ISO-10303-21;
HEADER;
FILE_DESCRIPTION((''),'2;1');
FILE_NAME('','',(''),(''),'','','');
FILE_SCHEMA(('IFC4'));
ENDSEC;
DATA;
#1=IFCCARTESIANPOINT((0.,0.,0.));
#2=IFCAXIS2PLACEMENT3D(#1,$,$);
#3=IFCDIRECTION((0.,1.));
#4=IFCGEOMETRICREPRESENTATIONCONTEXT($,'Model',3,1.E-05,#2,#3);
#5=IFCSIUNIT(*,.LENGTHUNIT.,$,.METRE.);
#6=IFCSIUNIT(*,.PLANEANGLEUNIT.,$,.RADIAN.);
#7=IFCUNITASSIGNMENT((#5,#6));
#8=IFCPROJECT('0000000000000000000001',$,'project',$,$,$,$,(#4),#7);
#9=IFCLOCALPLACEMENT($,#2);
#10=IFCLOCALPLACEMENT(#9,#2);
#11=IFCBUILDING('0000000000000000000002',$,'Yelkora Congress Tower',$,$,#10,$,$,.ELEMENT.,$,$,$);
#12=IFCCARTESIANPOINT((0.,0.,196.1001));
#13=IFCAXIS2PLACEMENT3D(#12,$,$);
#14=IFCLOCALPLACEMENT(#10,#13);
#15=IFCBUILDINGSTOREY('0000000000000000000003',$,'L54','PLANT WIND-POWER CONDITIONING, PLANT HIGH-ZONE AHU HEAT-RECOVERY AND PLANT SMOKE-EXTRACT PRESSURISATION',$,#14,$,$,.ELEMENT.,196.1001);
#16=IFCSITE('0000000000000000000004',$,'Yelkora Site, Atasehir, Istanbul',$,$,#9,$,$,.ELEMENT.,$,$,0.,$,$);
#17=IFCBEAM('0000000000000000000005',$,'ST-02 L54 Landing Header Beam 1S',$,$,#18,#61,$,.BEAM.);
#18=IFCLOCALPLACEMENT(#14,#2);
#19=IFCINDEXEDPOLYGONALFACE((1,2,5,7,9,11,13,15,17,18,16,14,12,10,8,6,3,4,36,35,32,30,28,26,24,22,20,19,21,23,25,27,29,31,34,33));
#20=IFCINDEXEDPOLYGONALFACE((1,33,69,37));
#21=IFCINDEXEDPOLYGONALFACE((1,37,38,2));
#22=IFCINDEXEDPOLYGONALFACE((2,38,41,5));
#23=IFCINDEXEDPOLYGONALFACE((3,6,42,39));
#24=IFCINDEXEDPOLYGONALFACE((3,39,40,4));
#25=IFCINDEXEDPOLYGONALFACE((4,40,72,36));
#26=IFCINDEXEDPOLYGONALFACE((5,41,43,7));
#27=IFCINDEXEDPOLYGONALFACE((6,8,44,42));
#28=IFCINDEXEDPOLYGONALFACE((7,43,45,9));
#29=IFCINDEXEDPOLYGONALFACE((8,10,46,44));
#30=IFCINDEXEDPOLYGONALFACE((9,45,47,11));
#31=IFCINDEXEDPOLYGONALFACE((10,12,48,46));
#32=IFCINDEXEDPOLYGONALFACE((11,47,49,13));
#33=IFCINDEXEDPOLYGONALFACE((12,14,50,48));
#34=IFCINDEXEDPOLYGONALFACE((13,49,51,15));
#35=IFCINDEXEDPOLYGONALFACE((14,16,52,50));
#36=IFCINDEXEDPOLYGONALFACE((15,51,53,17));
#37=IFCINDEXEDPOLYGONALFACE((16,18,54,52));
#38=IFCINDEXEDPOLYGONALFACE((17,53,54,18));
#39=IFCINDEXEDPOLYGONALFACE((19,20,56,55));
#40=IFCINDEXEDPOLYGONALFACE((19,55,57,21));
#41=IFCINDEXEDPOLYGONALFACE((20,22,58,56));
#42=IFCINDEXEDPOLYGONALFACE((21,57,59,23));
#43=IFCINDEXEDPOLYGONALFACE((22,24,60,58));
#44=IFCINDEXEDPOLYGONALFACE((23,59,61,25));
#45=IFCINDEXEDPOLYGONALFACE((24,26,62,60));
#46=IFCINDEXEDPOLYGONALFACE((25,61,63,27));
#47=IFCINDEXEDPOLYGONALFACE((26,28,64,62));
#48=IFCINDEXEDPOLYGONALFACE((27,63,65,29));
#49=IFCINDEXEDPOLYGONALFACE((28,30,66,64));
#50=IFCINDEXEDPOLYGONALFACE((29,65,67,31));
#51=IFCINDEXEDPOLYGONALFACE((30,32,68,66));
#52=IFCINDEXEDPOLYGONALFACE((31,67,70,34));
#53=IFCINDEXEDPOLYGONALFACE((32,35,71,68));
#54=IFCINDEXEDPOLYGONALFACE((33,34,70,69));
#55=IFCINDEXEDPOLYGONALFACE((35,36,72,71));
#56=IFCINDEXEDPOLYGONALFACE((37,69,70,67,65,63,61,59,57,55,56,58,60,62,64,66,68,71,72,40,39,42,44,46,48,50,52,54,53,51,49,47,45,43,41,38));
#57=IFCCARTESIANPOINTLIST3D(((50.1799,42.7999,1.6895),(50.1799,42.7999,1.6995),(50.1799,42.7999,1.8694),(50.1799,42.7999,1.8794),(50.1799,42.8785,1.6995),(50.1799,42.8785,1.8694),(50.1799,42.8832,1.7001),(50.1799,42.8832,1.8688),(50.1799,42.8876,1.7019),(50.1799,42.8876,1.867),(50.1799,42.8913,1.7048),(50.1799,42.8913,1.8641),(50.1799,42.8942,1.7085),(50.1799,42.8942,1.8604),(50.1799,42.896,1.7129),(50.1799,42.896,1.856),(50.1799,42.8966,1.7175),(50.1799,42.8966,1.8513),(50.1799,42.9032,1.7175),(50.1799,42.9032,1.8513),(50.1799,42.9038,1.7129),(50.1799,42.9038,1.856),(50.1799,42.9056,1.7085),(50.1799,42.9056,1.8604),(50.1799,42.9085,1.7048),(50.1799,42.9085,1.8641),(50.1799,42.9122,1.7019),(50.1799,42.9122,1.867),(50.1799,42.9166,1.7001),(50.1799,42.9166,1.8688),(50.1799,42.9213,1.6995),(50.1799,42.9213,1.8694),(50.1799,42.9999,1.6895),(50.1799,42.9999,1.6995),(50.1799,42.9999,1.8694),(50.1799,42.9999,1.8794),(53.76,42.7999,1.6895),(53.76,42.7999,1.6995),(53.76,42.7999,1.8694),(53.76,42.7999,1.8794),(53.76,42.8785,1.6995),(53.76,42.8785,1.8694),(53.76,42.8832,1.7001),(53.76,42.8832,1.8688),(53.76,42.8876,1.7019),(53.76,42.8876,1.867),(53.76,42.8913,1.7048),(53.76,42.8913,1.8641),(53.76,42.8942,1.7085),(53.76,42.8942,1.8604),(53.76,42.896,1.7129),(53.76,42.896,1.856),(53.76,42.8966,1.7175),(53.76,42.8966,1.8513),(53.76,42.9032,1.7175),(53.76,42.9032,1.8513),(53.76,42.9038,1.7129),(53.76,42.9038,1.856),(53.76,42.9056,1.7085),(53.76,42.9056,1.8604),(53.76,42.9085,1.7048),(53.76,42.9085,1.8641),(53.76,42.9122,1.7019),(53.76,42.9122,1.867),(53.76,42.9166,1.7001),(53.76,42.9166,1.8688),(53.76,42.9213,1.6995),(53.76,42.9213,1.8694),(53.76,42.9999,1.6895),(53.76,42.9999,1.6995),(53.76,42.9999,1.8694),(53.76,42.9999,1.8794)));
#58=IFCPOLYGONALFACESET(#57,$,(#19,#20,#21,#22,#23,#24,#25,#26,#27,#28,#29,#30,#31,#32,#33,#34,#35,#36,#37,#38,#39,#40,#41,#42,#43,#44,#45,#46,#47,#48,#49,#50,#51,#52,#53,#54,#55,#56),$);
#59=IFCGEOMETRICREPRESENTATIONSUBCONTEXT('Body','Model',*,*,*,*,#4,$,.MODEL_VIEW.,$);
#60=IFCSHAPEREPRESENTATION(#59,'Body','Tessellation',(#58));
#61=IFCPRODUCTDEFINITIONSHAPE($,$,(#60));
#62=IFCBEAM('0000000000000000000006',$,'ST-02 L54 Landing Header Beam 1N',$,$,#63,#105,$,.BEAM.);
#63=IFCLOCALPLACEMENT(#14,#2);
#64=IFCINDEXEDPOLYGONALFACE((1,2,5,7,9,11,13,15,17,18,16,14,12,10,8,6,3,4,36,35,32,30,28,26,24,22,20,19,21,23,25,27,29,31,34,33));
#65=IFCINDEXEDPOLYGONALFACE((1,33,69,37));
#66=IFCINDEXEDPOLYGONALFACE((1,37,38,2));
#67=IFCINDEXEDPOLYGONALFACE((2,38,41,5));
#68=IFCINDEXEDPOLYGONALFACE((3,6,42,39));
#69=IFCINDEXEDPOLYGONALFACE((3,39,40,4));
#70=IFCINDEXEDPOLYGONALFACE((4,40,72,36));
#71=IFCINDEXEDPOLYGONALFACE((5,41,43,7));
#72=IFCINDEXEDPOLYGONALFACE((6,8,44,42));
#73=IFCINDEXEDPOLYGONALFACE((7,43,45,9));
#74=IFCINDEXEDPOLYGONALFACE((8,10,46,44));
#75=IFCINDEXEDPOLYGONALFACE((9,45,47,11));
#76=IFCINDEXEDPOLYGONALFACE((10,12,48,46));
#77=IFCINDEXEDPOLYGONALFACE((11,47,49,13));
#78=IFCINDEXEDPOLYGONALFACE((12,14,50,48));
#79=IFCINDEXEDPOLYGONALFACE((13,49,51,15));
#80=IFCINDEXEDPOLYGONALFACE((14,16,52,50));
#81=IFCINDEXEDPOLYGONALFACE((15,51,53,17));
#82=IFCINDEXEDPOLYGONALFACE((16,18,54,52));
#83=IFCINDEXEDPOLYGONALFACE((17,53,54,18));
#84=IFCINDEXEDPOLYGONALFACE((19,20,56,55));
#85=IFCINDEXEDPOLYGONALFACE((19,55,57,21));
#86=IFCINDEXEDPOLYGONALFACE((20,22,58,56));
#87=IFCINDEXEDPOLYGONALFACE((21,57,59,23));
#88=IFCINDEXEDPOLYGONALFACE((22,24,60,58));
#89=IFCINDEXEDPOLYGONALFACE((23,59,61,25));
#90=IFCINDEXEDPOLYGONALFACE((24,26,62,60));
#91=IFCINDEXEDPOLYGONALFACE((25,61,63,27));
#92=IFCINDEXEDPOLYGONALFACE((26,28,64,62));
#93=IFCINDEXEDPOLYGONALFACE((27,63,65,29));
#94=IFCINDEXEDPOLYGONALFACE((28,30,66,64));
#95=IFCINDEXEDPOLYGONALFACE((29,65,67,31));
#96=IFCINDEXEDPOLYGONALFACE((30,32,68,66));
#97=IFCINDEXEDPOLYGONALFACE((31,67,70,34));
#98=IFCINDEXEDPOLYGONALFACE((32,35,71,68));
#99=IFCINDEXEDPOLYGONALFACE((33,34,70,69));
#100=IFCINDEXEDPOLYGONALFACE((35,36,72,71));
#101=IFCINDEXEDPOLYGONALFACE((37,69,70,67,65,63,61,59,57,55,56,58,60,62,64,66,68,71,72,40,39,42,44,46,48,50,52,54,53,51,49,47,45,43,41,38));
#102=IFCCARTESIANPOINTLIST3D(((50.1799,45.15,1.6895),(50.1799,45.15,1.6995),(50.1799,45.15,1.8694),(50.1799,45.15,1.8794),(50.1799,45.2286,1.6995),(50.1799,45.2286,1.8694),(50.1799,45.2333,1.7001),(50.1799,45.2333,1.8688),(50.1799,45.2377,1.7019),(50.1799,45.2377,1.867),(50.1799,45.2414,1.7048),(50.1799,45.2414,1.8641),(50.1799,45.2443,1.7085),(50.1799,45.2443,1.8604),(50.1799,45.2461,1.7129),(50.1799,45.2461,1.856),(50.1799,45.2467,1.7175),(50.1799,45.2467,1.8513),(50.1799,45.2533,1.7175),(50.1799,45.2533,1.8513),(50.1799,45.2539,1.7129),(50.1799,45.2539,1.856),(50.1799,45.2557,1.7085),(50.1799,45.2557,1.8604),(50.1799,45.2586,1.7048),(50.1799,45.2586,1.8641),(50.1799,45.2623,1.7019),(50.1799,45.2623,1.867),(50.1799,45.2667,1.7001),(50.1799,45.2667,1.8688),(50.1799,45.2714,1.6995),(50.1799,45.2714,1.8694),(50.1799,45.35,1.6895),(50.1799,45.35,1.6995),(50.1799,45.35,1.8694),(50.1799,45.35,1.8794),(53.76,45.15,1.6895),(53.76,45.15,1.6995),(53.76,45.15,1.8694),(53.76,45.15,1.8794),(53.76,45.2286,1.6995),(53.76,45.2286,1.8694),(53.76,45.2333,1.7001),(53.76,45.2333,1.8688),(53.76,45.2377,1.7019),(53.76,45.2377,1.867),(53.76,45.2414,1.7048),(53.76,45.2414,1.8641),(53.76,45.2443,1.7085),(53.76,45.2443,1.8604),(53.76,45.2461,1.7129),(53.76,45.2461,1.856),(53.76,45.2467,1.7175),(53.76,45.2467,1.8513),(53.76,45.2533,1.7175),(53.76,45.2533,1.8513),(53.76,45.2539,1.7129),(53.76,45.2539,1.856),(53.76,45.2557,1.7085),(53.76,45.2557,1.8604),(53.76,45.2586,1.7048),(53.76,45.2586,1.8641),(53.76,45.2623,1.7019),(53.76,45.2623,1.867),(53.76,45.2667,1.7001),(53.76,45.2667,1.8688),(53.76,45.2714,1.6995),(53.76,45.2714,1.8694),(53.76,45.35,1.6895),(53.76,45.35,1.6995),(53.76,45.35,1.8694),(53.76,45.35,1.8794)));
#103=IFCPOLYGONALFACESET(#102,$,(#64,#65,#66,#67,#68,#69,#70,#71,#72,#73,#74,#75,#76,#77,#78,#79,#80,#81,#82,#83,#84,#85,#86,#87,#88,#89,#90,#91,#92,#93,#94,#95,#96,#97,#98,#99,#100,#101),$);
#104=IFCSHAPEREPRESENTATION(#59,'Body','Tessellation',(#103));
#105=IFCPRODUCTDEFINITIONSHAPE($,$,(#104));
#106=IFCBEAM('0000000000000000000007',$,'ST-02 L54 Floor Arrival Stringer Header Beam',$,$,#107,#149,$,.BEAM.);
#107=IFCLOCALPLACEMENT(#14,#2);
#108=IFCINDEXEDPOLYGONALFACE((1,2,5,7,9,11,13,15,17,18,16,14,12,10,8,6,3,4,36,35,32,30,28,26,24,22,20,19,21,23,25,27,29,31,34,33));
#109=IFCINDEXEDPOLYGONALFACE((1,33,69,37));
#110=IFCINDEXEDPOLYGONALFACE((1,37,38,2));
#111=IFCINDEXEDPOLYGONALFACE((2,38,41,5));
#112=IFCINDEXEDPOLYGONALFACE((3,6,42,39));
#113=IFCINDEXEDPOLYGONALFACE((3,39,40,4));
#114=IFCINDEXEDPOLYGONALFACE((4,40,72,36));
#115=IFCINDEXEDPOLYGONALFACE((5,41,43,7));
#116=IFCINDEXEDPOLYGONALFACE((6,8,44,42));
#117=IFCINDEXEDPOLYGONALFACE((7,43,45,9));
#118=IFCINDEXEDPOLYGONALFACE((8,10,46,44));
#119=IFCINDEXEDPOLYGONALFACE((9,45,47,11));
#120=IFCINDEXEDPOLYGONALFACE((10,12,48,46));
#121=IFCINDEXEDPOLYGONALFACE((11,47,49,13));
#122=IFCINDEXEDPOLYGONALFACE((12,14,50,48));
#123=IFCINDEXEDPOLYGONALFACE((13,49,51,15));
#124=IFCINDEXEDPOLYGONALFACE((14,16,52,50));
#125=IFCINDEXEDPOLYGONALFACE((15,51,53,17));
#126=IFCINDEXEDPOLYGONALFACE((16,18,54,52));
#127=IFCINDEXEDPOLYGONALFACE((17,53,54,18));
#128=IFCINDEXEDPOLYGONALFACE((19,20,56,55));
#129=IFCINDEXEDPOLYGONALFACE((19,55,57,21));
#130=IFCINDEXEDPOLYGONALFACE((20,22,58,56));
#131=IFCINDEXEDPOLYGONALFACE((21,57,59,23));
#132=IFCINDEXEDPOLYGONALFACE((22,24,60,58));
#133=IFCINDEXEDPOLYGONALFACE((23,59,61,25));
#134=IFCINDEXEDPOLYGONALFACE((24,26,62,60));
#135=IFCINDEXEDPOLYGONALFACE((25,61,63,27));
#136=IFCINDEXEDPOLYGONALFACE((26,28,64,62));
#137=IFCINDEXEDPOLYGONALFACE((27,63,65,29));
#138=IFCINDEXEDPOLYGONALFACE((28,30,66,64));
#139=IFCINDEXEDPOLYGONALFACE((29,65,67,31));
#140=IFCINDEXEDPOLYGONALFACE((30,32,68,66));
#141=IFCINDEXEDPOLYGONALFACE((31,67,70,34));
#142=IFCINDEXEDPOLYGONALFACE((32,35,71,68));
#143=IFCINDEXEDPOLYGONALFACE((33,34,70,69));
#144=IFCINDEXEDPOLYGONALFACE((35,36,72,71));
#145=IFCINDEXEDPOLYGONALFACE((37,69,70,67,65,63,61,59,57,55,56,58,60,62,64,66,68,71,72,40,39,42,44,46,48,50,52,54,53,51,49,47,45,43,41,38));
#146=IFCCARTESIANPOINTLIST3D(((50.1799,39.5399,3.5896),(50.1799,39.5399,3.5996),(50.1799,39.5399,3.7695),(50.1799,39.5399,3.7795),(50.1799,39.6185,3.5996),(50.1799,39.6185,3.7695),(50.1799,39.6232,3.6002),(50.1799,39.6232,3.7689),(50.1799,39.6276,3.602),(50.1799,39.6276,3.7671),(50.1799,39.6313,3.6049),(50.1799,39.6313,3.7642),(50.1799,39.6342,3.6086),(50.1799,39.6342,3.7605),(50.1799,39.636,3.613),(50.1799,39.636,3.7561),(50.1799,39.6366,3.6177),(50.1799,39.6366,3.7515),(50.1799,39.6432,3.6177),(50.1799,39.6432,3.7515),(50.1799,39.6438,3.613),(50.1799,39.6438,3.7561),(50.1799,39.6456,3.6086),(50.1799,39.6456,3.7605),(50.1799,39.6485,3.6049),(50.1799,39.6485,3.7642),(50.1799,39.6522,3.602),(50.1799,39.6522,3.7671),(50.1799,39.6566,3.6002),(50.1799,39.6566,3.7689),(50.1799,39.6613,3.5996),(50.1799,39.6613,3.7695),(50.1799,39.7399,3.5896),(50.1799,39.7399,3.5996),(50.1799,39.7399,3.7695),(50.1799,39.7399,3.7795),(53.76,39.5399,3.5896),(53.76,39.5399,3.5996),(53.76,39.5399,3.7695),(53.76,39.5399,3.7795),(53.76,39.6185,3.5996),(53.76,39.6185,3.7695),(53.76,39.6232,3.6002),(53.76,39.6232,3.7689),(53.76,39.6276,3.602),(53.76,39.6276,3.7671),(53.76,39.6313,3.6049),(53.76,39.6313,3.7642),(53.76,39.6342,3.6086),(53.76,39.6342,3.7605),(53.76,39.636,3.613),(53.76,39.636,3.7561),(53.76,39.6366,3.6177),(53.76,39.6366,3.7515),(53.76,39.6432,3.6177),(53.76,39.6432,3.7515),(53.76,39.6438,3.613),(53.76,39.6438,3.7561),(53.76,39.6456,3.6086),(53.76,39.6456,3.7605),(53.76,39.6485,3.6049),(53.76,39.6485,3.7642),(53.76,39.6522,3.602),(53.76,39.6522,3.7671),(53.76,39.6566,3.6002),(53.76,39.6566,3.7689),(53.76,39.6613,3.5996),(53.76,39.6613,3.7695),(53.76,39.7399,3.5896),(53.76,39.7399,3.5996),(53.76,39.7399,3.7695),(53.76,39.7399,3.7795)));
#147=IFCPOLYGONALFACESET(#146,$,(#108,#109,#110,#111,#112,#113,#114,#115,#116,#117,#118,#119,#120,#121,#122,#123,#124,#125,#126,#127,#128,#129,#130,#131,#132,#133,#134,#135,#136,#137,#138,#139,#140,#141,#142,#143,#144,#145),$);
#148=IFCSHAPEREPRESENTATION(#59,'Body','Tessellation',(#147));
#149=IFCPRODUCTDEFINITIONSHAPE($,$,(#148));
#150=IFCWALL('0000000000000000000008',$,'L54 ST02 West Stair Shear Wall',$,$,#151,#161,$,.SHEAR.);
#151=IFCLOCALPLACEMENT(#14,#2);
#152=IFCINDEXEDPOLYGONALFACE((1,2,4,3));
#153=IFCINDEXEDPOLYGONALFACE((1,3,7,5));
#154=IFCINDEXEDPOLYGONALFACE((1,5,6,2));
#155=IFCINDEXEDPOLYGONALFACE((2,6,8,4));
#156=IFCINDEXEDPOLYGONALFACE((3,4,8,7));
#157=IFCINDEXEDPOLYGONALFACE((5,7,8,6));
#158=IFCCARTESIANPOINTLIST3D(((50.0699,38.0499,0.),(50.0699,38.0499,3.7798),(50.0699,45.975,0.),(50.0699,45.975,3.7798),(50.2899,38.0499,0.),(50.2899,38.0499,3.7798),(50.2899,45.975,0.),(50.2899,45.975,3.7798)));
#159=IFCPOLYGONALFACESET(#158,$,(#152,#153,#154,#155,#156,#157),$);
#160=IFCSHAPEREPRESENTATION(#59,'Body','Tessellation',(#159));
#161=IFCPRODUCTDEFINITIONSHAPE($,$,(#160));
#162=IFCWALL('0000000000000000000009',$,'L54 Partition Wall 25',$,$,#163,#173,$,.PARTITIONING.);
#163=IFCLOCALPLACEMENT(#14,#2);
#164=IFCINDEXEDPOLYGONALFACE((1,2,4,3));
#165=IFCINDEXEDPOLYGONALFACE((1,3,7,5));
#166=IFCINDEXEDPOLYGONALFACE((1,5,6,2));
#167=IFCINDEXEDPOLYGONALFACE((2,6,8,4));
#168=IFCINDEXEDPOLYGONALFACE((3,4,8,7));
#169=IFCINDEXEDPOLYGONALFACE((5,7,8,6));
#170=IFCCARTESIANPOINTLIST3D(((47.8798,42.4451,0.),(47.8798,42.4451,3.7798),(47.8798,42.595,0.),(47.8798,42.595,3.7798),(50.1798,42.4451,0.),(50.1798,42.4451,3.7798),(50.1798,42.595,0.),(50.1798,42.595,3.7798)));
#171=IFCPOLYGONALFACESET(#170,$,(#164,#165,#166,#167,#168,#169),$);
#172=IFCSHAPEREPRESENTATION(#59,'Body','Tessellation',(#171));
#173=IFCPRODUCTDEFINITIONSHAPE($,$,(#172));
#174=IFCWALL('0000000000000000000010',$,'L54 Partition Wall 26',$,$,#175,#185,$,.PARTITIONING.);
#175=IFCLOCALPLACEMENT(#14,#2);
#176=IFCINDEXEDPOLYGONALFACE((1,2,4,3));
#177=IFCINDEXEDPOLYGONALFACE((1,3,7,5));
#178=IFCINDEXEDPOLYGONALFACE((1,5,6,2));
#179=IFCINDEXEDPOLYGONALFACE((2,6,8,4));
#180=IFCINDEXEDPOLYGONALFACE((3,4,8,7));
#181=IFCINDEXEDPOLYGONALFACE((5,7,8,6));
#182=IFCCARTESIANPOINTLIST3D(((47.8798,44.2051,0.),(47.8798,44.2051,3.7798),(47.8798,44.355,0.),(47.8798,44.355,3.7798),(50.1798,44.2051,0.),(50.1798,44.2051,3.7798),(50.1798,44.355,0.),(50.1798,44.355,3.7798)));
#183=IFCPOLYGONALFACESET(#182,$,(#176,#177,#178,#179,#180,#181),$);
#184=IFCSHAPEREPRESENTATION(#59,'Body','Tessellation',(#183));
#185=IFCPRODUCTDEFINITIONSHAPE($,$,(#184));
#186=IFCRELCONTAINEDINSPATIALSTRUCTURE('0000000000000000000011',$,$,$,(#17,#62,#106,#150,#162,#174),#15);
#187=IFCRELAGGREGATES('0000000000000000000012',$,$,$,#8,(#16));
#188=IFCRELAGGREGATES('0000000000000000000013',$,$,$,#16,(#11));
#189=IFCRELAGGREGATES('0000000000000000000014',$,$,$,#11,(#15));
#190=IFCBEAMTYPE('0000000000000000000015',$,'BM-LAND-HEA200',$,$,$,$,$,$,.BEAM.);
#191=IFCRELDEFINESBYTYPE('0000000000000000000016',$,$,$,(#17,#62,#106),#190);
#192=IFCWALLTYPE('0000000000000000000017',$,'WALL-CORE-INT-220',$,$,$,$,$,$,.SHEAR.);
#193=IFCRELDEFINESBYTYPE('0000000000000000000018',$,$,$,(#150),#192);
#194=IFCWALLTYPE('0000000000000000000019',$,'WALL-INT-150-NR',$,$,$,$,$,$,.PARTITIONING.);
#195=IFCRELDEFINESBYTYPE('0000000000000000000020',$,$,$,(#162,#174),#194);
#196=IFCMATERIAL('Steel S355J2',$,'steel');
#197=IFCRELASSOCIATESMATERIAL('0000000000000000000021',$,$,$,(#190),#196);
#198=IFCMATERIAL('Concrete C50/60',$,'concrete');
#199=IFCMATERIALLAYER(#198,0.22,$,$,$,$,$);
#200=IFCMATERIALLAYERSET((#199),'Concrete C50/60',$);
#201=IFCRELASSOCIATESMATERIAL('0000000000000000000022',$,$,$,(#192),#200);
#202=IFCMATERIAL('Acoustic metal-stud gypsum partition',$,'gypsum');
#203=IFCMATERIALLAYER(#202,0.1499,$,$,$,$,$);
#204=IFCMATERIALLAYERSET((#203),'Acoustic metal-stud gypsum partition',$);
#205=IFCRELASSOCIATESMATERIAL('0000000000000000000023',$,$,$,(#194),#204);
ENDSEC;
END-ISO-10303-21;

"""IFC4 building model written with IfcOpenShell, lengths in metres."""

from ifc_helpers import new_model, si_unit, direction, frame, frame_2d, origin, origin_2d, place, context, subcontext, project, spatial, rectangle, i_section, extrude, material, layer, layer_set, material_profile, profile_set, type_object, element, save


model = new_model("IFC4")

# Units and contexts
model_context = context("Model", 3, precision=1e-05, world=origin(), true_north=direction((0.0, 1.0)))
body_context = subcontext(model_context, "Body", "Model", "MODEL_VIEW")
ifc_project = project(units=[si_unit("LENGTHUNIT", "METRE"), si_unit("PLANEANGLEUNIT", "RADIAN")], contexts=[model_context])

# Site, building, storey
site_placement = place(None, origin())
site = spatial("IfcSite", under=ifc_project, at=site_placement, Name="Yelkora Site, Atasehir, Istanbul", CompositionType="ELEMENT", RefElevation=0.0)
building_placement = place(site_placement, origin())
building = spatial("IfcBuilding", under=site, at=building_placement, Name="Yelkora Congress Tower", CompositionType="ELEMENT")
storey_placement = place(building_placement, frame((0.0, 0.0, 196.1001)))
storey = spatial("IfcBuildingStorey", under=building, at=storey_placement, Name="L54", Description="PLANT WIND-POWER CONDITIONING, PLANT HIGH-ZONE AHU HEAT-RECOVERY AND PLANT SMOKE-EXTRACT PRESSURISATION", CompositionType="ELEMENT", Elevation=196.1001)

# Beams
ifc_material_1 = material(Name="Steel S355J2", Category="steel")
ifc_material_profile = material_profile(ifc_material_1, i_section(OverallWidth=0.2, OverallDepth=0.1899, WebThickness=0.0066, FlangeThickness=0.01, FilletRadius=0.0181, at=origin_2d()), Name="HEA 200")
ifc_profile_set = profile_set([ifc_material_profile], Name="Steel S355J2")
beam_type = type_object("IfcBeamType", Name="BM-LAND-HEA200", PredefinedType="BEAM", material=ifc_profile_set)
for number, where, z_axis, x_axis, name in (
    (1, (50.1799, 42.8999, 1.7844), (1.0, 0.0, 0.0), (0.0, 1.0, 0.0), "ST-02 L54 Landing Header Beam 1S"),
    (2, (50.1799, 45.25, 1.7844), (1.0, 0.0, 0.0), (0.0, 1.0, 0.0), "ST-02 L54 Landing Header Beam 1N"),
    (3, (50.1799, 39.6399, 3.6846), (1.0, 0.0, 0.0), (0.0, 1.0, 0.0), "ST-02 L54 Floor Arrival Stringer Header Beam"),
):
    element("IfcBeam", number, at=place(storey_placement, frame(where, z_axis=z_axis, x_axis=x_axis)), inside=storey, type_object=beam_type, Name=name, PredefinedType="BEAM", context=body_context, shape_type="SweptSolid", body=[
        extrude(i_section(OverallWidth=0.2, OverallDepth=0.1899, WebThickness=0.0066, FlangeThickness=0.01, FilletRadius=0.0181, at=origin_2d()), origin(), (0.0, 0.0, 1.0), 3.5801),
    ])

# Walls
ifc_material_2 = material(Name="Concrete C50/60", Category="concrete")
ifc_layer_1 = layer(ifc_material_2, 0.22)
ifc_layer_set_1 = layer_set([ifc_layer_1], Name="Concrete C50/60")
wall_type_1 = type_object("IfcWallType", Name="WALL-CORE-INT-220", PredefinedType="SHEAR", material=ifc_layer_set_1)
wall_1_placement = place(storey_placement, frame((50.1799, 38.05, 0.0), z_axis=(0.0, 0.0, 1.0), x_axis=(0.0, 1.0, 0.0)))
element("IfcWall", 4, at=wall_1_placement, inside=storey, type_object=wall_type_1, Name="L54 ST02 West Stair Shear Wall", PredefinedType="SHEAR", context=body_context, shape_type="SweptSolid", body=[
    extrude(rectangle(XDim=7.925, YDim=0.22, at=frame_2d((3.9624, 0.0))), origin(), (0.0, 0.0, 1.0), 3.7798),
])
ifc_material_3 = material(Name="Acoustic metal-stud gypsum partition", Category="gypsum")
ifc_layer_2 = layer(ifc_material_3, 0.1499)
ifc_layer_set_2 = layer_set([ifc_layer_2], Name="Acoustic metal-stud gypsum partition")
wall_type_2 = type_object("IfcWallType", Name="WALL-INT-150-NR", PredefinedType="PARTITIONING", material=ifc_layer_set_2)
for number, where, z_axis, x_axis, name in (
    (5, (47.8799, 42.52, 0.0), (0.0, 0.0, 1.0), (1.0, 0.0, 0.0), "L54 Partition Wall 25"),
    (6, (47.8799, 44.28, 0.0), (0.0, 0.0, 1.0), (1.0, 0.0, 0.0), "L54 Partition Wall 26"),
):
    element("IfcWall", number, at=place(storey_placement, frame(where, z_axis=z_axis, x_axis=x_axis)), inside=storey, type_object=wall_type_2, Name=name, PredefinedType="PARTITIONING", context=body_context, shape_type="SweptSolid", body=[
        extrude(rectangle(XDim=2.3, YDim=0.1499, at=frame_2d((1.1499, 0.0))), origin(), (0.0, 0.0, 1.0), 3.7798),
    ])

save(model, "model.ifc")
